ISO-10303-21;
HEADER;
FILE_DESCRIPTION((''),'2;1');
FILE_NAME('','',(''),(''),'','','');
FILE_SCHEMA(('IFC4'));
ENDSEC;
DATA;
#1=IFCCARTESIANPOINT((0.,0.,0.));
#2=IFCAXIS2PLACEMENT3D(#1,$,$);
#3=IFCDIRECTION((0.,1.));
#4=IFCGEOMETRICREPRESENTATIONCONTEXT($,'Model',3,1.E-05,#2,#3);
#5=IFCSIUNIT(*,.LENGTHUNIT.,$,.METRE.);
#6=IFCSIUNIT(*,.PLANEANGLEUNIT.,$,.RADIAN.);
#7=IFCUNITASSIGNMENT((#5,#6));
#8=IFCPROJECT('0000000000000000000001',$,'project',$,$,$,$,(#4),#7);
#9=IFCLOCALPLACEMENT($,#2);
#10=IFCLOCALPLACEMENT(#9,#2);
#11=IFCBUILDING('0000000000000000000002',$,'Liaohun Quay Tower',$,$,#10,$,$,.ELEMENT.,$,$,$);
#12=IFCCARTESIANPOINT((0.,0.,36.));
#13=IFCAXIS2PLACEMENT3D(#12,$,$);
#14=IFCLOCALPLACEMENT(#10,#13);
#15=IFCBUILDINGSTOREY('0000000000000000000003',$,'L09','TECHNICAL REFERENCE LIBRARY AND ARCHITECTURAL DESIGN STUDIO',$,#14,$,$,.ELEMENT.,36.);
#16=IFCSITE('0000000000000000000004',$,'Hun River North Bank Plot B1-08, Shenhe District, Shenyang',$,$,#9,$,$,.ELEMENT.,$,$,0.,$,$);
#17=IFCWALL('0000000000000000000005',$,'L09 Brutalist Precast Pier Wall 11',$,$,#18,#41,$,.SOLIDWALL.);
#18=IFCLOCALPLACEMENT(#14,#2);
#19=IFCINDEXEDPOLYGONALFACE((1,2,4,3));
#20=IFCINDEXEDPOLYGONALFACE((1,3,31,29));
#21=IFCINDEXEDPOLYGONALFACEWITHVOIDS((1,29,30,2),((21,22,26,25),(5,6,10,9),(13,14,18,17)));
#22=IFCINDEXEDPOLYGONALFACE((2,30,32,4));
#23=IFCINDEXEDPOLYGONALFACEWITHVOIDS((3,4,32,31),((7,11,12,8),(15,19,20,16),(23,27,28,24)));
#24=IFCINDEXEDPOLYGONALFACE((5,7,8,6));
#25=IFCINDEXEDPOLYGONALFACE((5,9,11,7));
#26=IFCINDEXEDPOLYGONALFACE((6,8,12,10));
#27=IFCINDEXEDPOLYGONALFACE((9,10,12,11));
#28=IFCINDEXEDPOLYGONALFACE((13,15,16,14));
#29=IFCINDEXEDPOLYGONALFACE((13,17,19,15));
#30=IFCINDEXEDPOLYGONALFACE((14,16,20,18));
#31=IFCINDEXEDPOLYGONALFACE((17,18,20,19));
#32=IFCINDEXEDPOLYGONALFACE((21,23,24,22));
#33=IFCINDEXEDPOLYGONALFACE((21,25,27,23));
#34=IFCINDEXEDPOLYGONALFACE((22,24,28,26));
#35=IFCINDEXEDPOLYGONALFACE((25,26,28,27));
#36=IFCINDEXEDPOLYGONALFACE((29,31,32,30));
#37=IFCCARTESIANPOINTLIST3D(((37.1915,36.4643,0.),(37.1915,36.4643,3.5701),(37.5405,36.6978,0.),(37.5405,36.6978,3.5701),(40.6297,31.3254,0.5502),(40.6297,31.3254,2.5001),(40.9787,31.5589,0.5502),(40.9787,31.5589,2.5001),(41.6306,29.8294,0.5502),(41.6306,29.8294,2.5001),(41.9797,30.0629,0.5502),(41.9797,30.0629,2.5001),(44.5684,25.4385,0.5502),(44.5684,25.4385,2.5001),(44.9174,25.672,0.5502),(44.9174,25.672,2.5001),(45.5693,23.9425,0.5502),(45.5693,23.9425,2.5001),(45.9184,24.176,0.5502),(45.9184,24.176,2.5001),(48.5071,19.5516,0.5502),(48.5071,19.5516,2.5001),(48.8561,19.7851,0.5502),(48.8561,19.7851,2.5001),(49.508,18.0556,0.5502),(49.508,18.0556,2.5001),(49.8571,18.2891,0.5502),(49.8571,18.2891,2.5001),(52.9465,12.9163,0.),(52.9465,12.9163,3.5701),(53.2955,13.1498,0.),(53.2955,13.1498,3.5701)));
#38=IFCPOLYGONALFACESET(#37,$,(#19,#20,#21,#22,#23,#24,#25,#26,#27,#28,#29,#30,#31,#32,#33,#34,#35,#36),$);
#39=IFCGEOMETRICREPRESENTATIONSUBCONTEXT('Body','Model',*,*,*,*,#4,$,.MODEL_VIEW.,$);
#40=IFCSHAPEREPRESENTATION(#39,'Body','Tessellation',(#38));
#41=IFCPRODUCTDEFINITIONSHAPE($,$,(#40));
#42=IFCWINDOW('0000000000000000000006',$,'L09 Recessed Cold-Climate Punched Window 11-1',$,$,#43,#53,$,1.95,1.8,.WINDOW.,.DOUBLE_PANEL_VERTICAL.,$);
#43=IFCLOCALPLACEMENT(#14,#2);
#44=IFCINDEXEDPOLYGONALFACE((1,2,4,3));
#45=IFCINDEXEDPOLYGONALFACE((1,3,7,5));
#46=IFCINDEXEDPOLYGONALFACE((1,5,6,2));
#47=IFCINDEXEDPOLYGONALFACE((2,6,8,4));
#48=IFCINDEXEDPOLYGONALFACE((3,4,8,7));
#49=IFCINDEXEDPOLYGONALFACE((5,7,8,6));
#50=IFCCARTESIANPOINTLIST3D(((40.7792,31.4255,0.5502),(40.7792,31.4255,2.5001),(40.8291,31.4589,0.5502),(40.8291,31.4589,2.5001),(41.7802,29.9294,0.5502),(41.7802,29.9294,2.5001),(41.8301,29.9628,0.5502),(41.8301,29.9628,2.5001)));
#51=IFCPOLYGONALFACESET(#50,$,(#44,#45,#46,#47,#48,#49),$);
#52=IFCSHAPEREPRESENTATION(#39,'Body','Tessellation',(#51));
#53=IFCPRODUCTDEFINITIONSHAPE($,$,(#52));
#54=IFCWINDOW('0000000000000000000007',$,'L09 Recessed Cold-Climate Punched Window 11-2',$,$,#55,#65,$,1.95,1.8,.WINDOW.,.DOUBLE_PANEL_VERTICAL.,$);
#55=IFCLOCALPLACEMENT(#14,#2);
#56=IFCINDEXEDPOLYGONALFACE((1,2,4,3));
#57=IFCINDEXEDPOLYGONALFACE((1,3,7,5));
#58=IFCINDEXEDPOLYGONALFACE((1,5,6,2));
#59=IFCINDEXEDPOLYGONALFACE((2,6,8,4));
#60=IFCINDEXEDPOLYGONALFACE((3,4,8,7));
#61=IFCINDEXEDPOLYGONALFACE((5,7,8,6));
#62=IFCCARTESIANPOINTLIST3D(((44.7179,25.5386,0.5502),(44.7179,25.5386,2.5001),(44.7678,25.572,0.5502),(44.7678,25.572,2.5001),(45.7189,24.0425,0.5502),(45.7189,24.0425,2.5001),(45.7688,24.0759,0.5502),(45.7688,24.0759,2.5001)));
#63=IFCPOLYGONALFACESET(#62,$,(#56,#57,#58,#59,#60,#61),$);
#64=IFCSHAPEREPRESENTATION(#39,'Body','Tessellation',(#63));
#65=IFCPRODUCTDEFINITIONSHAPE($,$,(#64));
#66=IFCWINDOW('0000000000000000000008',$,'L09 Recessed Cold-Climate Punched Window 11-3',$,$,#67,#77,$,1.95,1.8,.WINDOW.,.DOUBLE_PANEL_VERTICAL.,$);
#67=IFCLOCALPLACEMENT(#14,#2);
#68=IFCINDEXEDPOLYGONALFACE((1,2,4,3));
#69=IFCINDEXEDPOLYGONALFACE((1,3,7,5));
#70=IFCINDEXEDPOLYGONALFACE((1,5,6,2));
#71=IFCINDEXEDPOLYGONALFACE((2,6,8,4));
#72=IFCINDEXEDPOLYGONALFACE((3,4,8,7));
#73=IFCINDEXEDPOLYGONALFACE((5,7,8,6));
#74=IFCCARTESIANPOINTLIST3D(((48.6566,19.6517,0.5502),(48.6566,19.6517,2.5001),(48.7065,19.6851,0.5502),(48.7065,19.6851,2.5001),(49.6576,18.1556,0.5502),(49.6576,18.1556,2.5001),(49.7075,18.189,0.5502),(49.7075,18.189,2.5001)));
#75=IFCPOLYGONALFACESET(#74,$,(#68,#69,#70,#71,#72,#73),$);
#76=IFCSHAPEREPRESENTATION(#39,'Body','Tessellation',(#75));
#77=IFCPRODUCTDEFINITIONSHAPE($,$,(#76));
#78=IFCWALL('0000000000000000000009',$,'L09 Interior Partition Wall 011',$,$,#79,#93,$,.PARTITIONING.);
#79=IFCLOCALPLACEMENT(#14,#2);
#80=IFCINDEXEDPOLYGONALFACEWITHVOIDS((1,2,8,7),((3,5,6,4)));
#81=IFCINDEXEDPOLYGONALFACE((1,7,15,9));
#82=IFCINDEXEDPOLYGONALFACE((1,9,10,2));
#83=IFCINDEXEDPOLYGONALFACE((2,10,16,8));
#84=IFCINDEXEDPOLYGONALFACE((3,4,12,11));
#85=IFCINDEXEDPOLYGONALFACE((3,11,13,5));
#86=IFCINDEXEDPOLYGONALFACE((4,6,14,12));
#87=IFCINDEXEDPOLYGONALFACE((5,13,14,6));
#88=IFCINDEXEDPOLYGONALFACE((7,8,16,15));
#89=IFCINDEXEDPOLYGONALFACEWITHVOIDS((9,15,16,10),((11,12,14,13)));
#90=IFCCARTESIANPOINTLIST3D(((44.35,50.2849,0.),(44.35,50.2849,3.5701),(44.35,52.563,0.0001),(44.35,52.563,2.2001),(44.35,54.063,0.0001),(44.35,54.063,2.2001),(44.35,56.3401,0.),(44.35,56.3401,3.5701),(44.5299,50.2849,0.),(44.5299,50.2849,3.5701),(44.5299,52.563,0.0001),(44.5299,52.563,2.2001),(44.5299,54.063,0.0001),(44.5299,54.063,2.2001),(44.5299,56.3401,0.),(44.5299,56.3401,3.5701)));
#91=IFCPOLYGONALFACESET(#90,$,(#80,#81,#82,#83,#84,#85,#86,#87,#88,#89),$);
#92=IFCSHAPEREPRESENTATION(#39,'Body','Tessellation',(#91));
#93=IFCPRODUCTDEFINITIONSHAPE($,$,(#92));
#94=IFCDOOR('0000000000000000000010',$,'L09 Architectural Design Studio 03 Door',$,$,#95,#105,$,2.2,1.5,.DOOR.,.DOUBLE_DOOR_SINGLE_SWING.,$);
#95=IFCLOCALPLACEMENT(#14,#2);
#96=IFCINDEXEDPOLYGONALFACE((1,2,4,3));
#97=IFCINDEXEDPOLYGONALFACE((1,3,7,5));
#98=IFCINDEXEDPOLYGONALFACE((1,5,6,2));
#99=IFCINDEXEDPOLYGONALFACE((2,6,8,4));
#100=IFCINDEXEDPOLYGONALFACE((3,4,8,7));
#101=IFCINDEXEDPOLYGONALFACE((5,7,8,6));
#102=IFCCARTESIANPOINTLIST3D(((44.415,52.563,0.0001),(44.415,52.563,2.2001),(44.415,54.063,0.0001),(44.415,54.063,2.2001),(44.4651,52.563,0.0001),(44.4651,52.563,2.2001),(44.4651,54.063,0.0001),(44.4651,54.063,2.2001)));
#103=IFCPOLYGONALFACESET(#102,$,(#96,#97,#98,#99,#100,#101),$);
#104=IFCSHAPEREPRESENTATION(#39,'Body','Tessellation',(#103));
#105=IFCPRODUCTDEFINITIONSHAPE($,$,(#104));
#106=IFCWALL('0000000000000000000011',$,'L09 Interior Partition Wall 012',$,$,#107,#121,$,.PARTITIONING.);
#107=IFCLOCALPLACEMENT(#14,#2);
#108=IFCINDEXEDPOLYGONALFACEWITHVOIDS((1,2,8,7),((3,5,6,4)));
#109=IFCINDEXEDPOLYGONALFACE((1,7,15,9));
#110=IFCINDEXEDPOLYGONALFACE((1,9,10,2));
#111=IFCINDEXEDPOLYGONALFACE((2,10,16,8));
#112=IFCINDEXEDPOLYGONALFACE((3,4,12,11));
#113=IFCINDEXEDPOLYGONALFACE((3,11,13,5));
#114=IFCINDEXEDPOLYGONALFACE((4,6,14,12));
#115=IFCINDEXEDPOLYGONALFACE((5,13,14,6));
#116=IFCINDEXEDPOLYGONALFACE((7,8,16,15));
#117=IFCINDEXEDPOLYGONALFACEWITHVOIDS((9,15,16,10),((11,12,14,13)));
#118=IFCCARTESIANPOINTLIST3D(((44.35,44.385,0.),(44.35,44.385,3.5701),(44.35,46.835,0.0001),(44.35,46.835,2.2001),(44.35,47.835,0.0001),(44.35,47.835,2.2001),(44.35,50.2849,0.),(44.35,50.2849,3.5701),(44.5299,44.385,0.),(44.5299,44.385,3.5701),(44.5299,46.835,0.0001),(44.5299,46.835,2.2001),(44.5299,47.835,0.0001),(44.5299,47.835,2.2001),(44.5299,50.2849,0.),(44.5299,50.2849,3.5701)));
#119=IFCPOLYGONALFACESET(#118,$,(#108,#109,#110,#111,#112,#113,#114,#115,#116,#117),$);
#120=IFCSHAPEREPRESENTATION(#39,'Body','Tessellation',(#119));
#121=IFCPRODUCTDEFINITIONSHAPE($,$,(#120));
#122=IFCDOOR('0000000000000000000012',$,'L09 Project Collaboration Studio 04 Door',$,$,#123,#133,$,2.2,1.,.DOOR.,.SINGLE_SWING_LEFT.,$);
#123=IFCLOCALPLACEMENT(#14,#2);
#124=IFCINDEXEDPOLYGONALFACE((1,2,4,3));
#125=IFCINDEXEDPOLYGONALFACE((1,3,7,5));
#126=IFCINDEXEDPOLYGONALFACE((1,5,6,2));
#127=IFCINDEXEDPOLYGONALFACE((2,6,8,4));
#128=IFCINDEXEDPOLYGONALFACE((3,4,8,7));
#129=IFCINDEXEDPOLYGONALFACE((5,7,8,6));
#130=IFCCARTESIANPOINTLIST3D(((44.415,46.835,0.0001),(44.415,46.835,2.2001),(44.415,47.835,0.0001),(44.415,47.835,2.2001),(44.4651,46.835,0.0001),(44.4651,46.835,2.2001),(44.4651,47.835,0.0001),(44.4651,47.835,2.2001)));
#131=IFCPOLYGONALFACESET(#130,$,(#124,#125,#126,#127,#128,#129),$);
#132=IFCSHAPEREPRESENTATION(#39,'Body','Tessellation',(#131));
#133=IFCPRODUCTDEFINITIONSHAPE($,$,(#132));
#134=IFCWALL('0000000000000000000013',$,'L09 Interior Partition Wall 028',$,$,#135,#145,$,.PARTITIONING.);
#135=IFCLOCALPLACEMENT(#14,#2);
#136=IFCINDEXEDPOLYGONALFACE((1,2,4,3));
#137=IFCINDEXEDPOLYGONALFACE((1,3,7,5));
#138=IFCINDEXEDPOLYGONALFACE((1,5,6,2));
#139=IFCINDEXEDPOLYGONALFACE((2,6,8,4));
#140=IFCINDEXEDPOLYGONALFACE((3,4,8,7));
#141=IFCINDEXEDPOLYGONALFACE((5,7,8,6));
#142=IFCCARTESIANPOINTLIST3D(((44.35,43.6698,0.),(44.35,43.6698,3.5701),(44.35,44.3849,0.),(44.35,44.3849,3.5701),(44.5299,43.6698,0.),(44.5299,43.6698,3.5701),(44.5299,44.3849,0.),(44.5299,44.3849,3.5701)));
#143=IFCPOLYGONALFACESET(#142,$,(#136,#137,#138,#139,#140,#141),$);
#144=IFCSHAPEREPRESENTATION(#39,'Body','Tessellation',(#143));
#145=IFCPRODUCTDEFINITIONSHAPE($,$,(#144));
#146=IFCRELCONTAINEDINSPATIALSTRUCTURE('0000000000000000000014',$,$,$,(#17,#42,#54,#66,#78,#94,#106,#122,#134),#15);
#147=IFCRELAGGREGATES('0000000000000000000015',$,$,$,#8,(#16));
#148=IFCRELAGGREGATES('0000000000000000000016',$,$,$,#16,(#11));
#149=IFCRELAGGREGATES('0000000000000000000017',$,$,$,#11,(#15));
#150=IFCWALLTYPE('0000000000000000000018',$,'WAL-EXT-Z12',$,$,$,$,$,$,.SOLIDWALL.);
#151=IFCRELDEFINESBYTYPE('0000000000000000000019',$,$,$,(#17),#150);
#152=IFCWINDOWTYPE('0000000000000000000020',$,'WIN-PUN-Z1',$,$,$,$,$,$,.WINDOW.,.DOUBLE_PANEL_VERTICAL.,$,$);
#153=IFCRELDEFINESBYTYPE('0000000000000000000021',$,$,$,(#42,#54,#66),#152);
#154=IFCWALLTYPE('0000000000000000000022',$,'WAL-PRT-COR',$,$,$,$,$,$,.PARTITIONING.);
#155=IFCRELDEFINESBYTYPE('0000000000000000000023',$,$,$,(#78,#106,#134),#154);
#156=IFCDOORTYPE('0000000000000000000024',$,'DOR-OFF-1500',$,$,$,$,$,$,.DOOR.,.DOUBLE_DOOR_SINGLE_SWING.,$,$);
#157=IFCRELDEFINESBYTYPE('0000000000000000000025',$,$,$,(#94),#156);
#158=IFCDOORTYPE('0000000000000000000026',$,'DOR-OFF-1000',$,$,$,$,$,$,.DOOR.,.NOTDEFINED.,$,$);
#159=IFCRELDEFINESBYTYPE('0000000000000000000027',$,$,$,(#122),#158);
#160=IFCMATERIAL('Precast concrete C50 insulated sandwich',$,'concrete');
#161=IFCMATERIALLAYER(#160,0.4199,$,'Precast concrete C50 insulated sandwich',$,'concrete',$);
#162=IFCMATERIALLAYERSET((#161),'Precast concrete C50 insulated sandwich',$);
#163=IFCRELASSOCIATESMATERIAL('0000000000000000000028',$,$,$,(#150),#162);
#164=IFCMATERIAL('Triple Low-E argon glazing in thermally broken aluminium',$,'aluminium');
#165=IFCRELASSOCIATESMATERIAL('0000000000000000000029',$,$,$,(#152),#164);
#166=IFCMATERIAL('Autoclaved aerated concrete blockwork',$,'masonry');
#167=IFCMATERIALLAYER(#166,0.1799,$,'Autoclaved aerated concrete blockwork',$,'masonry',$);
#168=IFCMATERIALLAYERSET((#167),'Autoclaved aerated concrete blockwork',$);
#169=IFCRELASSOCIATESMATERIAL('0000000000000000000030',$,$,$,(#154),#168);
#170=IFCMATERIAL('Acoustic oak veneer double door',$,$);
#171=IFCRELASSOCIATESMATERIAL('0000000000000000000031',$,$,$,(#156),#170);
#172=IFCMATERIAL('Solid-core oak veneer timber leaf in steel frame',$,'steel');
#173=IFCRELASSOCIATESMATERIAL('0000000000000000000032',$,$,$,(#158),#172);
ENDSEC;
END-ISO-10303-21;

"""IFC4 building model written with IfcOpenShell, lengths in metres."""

from ifc_helpers import new_model, si_unit, direction, frame, frame_2d, origin, place, context, subcontext, project, spatial, rectangle, extrude, source, transform, mapped, material, layer, layer_set, type_object, element, fill, save


model = new_model("IFC4")

# Units and contexts
model_context = context("Model", 3, precision=1e-05, world=origin(), true_north=direction((0.0, 1.0)))
body_context = subcontext(model_context, "Body", "Model", "MODEL_VIEW")
ifc_project = project(units=[si_unit("LENGTHUNIT", "METRE"), si_unit("PLANEANGLEUNIT", "RADIAN")], contexts=[model_context])

# Site, building, storey
site_placement = place(None, origin())
site = spatial("IfcSite", under=ifc_project, at=site_placement, Name="Hun River North Bank Plot B1-08, Shenhe District, Shenyang", CompositionType="ELEMENT", RefElevation=0.0)
building_placement = place(site_placement, origin())
building = spatial("IfcBuilding", under=site, at=building_placement, Name="Liaohun Quay Tower", CompositionType="ELEMENT")
storey_placement = place(building_placement, frame((0.0, 0.0, 36.0)))
storey = spatial("IfcBuildingStorey", under=building, at=storey_placement, Name="L09", Description="TECHNICAL REFERENCE LIBRARY AND ARCHITECTURAL DESIGN STUDIO", CompositionType="ELEMENT", Elevation=36.0)

# Wall, openings, windows
ifc_material_1 = material(Name="Precast concrete C50 insulated sandwich", Category="concrete")
ifc_layer_1 = layer(ifc_material_1, 0.4199, Name="Precast concrete C50 insulated sandwich", Category="concrete")
ifc_layer_set_1 = layer_set([ifc_layer_1], Name="Precast concrete C50 insulated sandwich")
wall_type_1 = type_object("IfcWallType", Name="WAL-EXT-Z12", PredefinedType="SOLIDWALL", material=ifc_layer_set_1)
wall_1_placement = place(storey_placement, frame((37.366, 36.5811, 0.0), z_axis=(0.0, 0.0, 1.0), x_axis=(0.556077, -0.83113, 0.0)))
wall_1 = element("IfcWall", 1, at=wall_1_placement, inside=storey, type_object=wall_type_1, Name="L09 Brutalist Precast Pier Wall 11", PredefinedType="SOLIDWALL", context=body_context, shape_type="SweptSolid", body=[
    extrude(rectangle(XDim=28.3325, YDim=0.4199, at=frame_2d((14.1663, 0.0))), origin(), (0.0, 0.0, 1.0), 3.5701),
])
shared_shape_1 = source(origin(), body_context, "Body", "SweptSolid", [
    extrude(rectangle(XDim=1.8, YDim=1.95, at=frame_2d((0.8999, 0.9751))), frame((0.0, 0.22, 0.0), z_axis=(0.0, -1.0, 0.0), x_axis=(1.0, 0.0, 0.0)), (0.0, 0.0, 1.0), 0.4399),
])
opening_1_placement = place(wall_1_placement, frame((6.1831, 0.0, 0.55)))
opening_1 = element("IfcOpeningElement", 2, at=opening_1_placement, cuts=wall_1, PredefinedType="OPENING", context=body_context, shape_type="MappedRepresentation", body=[
    mapped(shared_shape_1, transform((0.0, 0.0, 0.0), x_axis=(1.0, 0.0, 0.0), y_axis=(0.0, 1.0, 0.0), z_axis=(0.0, 0.0, 1.0), scale=1.0)),
])
opening_2_placement = place(wall_1_placement, frame((13.2661, 0.0, 0.55)))
opening_2 = element("IfcOpeningElement", 3, at=opening_2_placement, cuts=wall_1, PredefinedType="OPENING", context=body_context, shape_type="MappedRepresentation", body=[
    mapped(shared_shape_1, transform((0.0, 0.0, 0.0), x_axis=(1.0, 0.0, 0.0), y_axis=(0.0, 1.0, 0.0), z_axis=(0.0, 0.0, 1.0), scale=1.0)),
])
opening_3_placement = place(wall_1_placement, frame((20.3491, 0.0, 0.55)))
opening_3 = element("IfcOpeningElement", 4, at=opening_3_placement, cuts=wall_1, PredefinedType="OPENING", context=body_context, shape_type="MappedRepresentation", body=[
    mapped(shared_shape_1, transform((0.0, 0.0, 0.0), x_axis=(1.0, 0.0, 0.0), y_axis=(0.0, 1.0, 0.0), z_axis=(0.0, 0.0, 1.0), scale=1.0)),
])
ifc_material_2 = material(Name="Triple Low-E argon glazing in thermally broken aluminium", Category="aluminium")
window_type = type_object("IfcWindowType", Name="WIN-PUN-Z1", PartitioningType="DOUBLE_PANEL_VERTICAL", PredefinedType="WINDOW", material=ifc_material_2)
shared_shape_2 = source(origin(), body_context, "Body", "SweptSolid", [
    extrude(rectangle(XDim=1.8, YDim=1.95, at=frame_2d((0.8999, 0.9751))), frame((0.0, 0.03, 0.0), z_axis=(0.0, -1.0, 0.0), x_axis=(1.0, 0.0, 0.0)), (0.0, 0.0, 1.0), 0.0601),
])
window_1_placement = place(opening_1_placement, origin())
window_1 = element("IfcWindow", 5, at=window_1_placement, inside=storey, type_object=window_type, Name="L09 Recessed Cold-Climate Punched Window 11-1", OverallHeight=1.95, OverallWidth=1.8, PartitioningType="DOUBLE_PANEL_VERTICAL", PredefinedType="WINDOW", context=body_context, shape_type="MappedRepresentation", body=[
    mapped(shared_shape_2, transform((0.0, 0.0, 0.0), x_axis=(1.0, 0.0, 0.0), y_axis=(0.0, 1.0, 0.0), z_axis=(0.0, 0.0, 1.0), scale=1.0)),
])
fill(opening_1, window_1)
window_2_placement = place(opening_2_placement, origin())
window_2 = element("IfcWindow", 6, at=window_2_placement, inside=storey, type_object=window_type, Name="L09 Recessed Cold-Climate Punched Window 11-2", OverallHeight=1.95, OverallWidth=1.8, PartitioningType="DOUBLE_PANEL_VERTICAL", PredefinedType="WINDOW", context=body_context, shape_type="MappedRepresentation", body=[
    mapped(shared_shape_2, transform((0.0, 0.0, 0.0), x_axis=(1.0, 0.0, 0.0), y_axis=(0.0, 1.0, 0.0), z_axis=(0.0, 0.0, 1.0), scale=1.0)),
])
fill(opening_2, window_2)
window_3_placement = place(opening_3_placement, origin())
window_3 = element("IfcWindow", 7, at=window_3_placement, inside=storey, type_object=window_type, Name="L09 Recessed Cold-Climate Punched Window 11-3", OverallHeight=1.95, OverallWidth=1.8, PartitioningType="DOUBLE_PANEL_VERTICAL", PredefinedType="WINDOW", context=body_context, shape_type="MappedRepresentation", body=[
    mapped(shared_shape_2, transform((0.0, 0.0, 0.0), x_axis=(1.0, 0.0, 0.0), y_axis=(0.0, 1.0, 0.0), z_axis=(0.0, 0.0, 1.0), scale=1.0)),
])
fill(opening_3, window_3)

# Walls, openings, doors
ifc_material_3 = material(Name="Autoclaved aerated concrete blockwork", Category="masonry")
ifc_layer_2 = layer(ifc_material_3, 0.1799, Name="Autoclaved aerated concrete blockwork", Category="masonry")
ifc_layer_set_2 = layer_set([ifc_layer_2], Name="Autoclaved aerated concrete blockwork")
wall_type_2 = type_object("IfcWallType", Name="WAL-PRT-COR", PredefinedType="PARTITIONING", material=ifc_layer_set_2)
wall_2_placement = place(storey_placement, frame((44.4399, 50.2849, 0.0), z_axis=(0.0, 0.0, 1.0), x_axis=(0.0, 1.0, 0.0)))
wall_2 = element("IfcWall", 8, at=wall_2_placement, inside=storey, type_object=wall_type_2, Name="L09 Interior Partition Wall 011", PredefinedType="PARTITIONING", context=body_context, shape_type="SweptSolid", body=[
    extrude(rectangle(XDim=6.0552, YDim=0.1799, at=frame_2d((3.0276, 0.0))), origin(), (0.0, 0.0, 1.0), 3.5701),
])
shared_shape_3 = source(origin(), body_context, "Body", "SweptSolid", [
    extrude(rectangle(XDim=1.5, YDim=2.2, at=frame_2d((0.75, 1.1001))), frame((0.0, 0.0999, 0.0), z_axis=(0.0, -1.0, 0.0), x_axis=(1.0, 0.0, 0.0)), (0.0, 0.0, 1.0), 0.2),
])
opening_4_placement = place(wall_2_placement, frame((2.2781, 0.0, 0.0)))
opening_4 = element("IfcOpeningElement", 9, at=opening_4_placement, cuts=wall_2, PredefinedType="OPENING", context=body_context, shape_type="MappedRepresentation", body=[
    mapped(shared_shape_3, transform((0.0, 0.0, 0.0), x_axis=(1.0, 0.0, 0.0), y_axis=(0.0, 1.0, 0.0), z_axis=(0.0, 0.0, 1.0), scale=1.0)),
])
ifc_material_4 = material(Name="Acoustic oak veneer double door")
door_type_1 = type_object("IfcDoorType", Name="DOR-OFF-1500", OperationType="DOUBLE_DOOR_SINGLE_SWING", PredefinedType="DOOR", material=ifc_material_4)
shared_shape_4 = source(origin(), body_context, "Body", "SweptSolid", [
    extrude(rectangle(XDim=1.5, YDim=2.2, at=frame_2d((0.75, 1.1001))), frame((0.0, 0.0249, 0.0), z_axis=(0.0, -1.0, 0.0), x_axis=(1.0, 0.0, 0.0)), (0.0, 0.0, 1.0), 0.05),
])
door_1_placement = place(opening_4_placement, origin())
door_1 = element("IfcDoor", 10, at=door_1_placement, inside=storey, type_object=door_type_1, Name="L09 Architectural Design Studio 03 Door", OperationType="DOUBLE_DOOR_SINGLE_SWING", OverallHeight=2.2, OverallWidth=1.5, PredefinedType="DOOR", context=body_context, shape_type="MappedRepresentation", body=[
    mapped(shared_shape_4, transform((0.0, 0.0, 0.0), x_axis=(1.0, 0.0, 0.0), y_axis=(0.0, 1.0, 0.0), z_axis=(0.0, 0.0, 1.0), scale=1.0)),
])
fill(opening_4, door_1)
wall_3_placement = place(storey_placement, frame((44.4399, 44.385, 0.0), z_axis=(0.0, 0.0, 1.0), x_axis=(0.0, 1.0, 0.0)))
wall_3 = element("IfcWall", 11, at=wall_3_placement, inside=storey, type_object=wall_type_2, Name="L09 Interior Partition Wall 012", PredefinedType="PARTITIONING", context=body_context, shape_type="SweptSolid", body=[
    extrude(rectangle(XDim=5.8999, YDim=0.1799, at=frame_2d((2.95, 0.0))), origin(), (0.0, 0.0, 1.0), 3.5701),
])
shared_shape_5 = source(origin(), body_context, "Body", "SweptSolid", [
    extrude(rectangle(XDim=1.0, YDim=2.2, at=frame_2d((0.5, 1.1001))), frame((0.0, 0.0999, 0.0), z_axis=(0.0, -1.0, 0.0), x_axis=(1.0, 0.0, 0.0)), (0.0, 0.0, 1.0), 0.2),
])
opening_5_placement = place(wall_3_placement, frame((2.45, 0.0, 0.0)))
opening_5 = element("IfcOpeningElement", 12, at=opening_5_placement, cuts=wall_3, PredefinedType="OPENING", context=body_context, shape_type="MappedRepresentation", body=[
    mapped(shared_shape_5, transform((0.0, 0.0, 0.0), x_axis=(1.0, 0.0, 0.0), y_axis=(0.0, 1.0, 0.0), z_axis=(0.0, 0.0, 1.0), scale=1.0)),
])
ifc_material_5 = material(Name="Solid-core oak veneer timber leaf in steel frame", Category="steel")
door_type_2 = type_object("IfcDoorType", Name="DOR-OFF-1000", OperationType="NOTDEFINED", PredefinedType="DOOR", material=ifc_material_5)
shared_shape_6 = source(origin(), body_context, "Body", "SweptSolid", [
    extrude(rectangle(XDim=1.0, YDim=2.2, at=frame_2d((0.5, 1.1001))), frame((0.0, 0.0249, 0.0), z_axis=(0.0, -1.0, 0.0), x_axis=(1.0, 0.0, 0.0)), (0.0, 0.0, 1.0), 0.05),
])
door_2_placement = place(opening_5_placement, origin())
door_2 = element("IfcDoor", 13, at=door_2_placement, inside=storey, type_object=door_type_2, Name="L09 Project Collaboration Studio 04 Door", OperationType="SINGLE_SWING_LEFT", OverallHeight=2.2, OverallWidth=1.0, PredefinedType="DOOR", context=body_context, shape_type="MappedRepresentation", body=[
    mapped(shared_shape_6, transform((0.0, 0.0, 0.0), x_axis=(1.0, 0.0, 0.0), y_axis=(0.0, 1.0, 0.0), z_axis=(0.0, 0.0, 1.0), scale=1.0)),
])
fill(opening_5, door_2)

# Wall
wall_4_placement = place(storey_placement, frame((44.4399, 43.6699, 0.0), z_axis=(0.0, 0.0, 1.0), x_axis=(0.0, 1.0, 0.0)))
element("IfcWall", 14, at=wall_4_placement, inside=storey, type_object=wall_type_2, Name="L09 Interior Partition Wall 028", PredefinedType="PARTITIONING", context=body_context, shape_type="SweptSolid", body=[
    extrude(rectangle(XDim=0.7151, YDim=0.1799, at=frame_2d((0.3574, 0.0))), origin(), (0.0, 0.0, 1.0), 3.5701),
])

save(model, "model.ifc")
